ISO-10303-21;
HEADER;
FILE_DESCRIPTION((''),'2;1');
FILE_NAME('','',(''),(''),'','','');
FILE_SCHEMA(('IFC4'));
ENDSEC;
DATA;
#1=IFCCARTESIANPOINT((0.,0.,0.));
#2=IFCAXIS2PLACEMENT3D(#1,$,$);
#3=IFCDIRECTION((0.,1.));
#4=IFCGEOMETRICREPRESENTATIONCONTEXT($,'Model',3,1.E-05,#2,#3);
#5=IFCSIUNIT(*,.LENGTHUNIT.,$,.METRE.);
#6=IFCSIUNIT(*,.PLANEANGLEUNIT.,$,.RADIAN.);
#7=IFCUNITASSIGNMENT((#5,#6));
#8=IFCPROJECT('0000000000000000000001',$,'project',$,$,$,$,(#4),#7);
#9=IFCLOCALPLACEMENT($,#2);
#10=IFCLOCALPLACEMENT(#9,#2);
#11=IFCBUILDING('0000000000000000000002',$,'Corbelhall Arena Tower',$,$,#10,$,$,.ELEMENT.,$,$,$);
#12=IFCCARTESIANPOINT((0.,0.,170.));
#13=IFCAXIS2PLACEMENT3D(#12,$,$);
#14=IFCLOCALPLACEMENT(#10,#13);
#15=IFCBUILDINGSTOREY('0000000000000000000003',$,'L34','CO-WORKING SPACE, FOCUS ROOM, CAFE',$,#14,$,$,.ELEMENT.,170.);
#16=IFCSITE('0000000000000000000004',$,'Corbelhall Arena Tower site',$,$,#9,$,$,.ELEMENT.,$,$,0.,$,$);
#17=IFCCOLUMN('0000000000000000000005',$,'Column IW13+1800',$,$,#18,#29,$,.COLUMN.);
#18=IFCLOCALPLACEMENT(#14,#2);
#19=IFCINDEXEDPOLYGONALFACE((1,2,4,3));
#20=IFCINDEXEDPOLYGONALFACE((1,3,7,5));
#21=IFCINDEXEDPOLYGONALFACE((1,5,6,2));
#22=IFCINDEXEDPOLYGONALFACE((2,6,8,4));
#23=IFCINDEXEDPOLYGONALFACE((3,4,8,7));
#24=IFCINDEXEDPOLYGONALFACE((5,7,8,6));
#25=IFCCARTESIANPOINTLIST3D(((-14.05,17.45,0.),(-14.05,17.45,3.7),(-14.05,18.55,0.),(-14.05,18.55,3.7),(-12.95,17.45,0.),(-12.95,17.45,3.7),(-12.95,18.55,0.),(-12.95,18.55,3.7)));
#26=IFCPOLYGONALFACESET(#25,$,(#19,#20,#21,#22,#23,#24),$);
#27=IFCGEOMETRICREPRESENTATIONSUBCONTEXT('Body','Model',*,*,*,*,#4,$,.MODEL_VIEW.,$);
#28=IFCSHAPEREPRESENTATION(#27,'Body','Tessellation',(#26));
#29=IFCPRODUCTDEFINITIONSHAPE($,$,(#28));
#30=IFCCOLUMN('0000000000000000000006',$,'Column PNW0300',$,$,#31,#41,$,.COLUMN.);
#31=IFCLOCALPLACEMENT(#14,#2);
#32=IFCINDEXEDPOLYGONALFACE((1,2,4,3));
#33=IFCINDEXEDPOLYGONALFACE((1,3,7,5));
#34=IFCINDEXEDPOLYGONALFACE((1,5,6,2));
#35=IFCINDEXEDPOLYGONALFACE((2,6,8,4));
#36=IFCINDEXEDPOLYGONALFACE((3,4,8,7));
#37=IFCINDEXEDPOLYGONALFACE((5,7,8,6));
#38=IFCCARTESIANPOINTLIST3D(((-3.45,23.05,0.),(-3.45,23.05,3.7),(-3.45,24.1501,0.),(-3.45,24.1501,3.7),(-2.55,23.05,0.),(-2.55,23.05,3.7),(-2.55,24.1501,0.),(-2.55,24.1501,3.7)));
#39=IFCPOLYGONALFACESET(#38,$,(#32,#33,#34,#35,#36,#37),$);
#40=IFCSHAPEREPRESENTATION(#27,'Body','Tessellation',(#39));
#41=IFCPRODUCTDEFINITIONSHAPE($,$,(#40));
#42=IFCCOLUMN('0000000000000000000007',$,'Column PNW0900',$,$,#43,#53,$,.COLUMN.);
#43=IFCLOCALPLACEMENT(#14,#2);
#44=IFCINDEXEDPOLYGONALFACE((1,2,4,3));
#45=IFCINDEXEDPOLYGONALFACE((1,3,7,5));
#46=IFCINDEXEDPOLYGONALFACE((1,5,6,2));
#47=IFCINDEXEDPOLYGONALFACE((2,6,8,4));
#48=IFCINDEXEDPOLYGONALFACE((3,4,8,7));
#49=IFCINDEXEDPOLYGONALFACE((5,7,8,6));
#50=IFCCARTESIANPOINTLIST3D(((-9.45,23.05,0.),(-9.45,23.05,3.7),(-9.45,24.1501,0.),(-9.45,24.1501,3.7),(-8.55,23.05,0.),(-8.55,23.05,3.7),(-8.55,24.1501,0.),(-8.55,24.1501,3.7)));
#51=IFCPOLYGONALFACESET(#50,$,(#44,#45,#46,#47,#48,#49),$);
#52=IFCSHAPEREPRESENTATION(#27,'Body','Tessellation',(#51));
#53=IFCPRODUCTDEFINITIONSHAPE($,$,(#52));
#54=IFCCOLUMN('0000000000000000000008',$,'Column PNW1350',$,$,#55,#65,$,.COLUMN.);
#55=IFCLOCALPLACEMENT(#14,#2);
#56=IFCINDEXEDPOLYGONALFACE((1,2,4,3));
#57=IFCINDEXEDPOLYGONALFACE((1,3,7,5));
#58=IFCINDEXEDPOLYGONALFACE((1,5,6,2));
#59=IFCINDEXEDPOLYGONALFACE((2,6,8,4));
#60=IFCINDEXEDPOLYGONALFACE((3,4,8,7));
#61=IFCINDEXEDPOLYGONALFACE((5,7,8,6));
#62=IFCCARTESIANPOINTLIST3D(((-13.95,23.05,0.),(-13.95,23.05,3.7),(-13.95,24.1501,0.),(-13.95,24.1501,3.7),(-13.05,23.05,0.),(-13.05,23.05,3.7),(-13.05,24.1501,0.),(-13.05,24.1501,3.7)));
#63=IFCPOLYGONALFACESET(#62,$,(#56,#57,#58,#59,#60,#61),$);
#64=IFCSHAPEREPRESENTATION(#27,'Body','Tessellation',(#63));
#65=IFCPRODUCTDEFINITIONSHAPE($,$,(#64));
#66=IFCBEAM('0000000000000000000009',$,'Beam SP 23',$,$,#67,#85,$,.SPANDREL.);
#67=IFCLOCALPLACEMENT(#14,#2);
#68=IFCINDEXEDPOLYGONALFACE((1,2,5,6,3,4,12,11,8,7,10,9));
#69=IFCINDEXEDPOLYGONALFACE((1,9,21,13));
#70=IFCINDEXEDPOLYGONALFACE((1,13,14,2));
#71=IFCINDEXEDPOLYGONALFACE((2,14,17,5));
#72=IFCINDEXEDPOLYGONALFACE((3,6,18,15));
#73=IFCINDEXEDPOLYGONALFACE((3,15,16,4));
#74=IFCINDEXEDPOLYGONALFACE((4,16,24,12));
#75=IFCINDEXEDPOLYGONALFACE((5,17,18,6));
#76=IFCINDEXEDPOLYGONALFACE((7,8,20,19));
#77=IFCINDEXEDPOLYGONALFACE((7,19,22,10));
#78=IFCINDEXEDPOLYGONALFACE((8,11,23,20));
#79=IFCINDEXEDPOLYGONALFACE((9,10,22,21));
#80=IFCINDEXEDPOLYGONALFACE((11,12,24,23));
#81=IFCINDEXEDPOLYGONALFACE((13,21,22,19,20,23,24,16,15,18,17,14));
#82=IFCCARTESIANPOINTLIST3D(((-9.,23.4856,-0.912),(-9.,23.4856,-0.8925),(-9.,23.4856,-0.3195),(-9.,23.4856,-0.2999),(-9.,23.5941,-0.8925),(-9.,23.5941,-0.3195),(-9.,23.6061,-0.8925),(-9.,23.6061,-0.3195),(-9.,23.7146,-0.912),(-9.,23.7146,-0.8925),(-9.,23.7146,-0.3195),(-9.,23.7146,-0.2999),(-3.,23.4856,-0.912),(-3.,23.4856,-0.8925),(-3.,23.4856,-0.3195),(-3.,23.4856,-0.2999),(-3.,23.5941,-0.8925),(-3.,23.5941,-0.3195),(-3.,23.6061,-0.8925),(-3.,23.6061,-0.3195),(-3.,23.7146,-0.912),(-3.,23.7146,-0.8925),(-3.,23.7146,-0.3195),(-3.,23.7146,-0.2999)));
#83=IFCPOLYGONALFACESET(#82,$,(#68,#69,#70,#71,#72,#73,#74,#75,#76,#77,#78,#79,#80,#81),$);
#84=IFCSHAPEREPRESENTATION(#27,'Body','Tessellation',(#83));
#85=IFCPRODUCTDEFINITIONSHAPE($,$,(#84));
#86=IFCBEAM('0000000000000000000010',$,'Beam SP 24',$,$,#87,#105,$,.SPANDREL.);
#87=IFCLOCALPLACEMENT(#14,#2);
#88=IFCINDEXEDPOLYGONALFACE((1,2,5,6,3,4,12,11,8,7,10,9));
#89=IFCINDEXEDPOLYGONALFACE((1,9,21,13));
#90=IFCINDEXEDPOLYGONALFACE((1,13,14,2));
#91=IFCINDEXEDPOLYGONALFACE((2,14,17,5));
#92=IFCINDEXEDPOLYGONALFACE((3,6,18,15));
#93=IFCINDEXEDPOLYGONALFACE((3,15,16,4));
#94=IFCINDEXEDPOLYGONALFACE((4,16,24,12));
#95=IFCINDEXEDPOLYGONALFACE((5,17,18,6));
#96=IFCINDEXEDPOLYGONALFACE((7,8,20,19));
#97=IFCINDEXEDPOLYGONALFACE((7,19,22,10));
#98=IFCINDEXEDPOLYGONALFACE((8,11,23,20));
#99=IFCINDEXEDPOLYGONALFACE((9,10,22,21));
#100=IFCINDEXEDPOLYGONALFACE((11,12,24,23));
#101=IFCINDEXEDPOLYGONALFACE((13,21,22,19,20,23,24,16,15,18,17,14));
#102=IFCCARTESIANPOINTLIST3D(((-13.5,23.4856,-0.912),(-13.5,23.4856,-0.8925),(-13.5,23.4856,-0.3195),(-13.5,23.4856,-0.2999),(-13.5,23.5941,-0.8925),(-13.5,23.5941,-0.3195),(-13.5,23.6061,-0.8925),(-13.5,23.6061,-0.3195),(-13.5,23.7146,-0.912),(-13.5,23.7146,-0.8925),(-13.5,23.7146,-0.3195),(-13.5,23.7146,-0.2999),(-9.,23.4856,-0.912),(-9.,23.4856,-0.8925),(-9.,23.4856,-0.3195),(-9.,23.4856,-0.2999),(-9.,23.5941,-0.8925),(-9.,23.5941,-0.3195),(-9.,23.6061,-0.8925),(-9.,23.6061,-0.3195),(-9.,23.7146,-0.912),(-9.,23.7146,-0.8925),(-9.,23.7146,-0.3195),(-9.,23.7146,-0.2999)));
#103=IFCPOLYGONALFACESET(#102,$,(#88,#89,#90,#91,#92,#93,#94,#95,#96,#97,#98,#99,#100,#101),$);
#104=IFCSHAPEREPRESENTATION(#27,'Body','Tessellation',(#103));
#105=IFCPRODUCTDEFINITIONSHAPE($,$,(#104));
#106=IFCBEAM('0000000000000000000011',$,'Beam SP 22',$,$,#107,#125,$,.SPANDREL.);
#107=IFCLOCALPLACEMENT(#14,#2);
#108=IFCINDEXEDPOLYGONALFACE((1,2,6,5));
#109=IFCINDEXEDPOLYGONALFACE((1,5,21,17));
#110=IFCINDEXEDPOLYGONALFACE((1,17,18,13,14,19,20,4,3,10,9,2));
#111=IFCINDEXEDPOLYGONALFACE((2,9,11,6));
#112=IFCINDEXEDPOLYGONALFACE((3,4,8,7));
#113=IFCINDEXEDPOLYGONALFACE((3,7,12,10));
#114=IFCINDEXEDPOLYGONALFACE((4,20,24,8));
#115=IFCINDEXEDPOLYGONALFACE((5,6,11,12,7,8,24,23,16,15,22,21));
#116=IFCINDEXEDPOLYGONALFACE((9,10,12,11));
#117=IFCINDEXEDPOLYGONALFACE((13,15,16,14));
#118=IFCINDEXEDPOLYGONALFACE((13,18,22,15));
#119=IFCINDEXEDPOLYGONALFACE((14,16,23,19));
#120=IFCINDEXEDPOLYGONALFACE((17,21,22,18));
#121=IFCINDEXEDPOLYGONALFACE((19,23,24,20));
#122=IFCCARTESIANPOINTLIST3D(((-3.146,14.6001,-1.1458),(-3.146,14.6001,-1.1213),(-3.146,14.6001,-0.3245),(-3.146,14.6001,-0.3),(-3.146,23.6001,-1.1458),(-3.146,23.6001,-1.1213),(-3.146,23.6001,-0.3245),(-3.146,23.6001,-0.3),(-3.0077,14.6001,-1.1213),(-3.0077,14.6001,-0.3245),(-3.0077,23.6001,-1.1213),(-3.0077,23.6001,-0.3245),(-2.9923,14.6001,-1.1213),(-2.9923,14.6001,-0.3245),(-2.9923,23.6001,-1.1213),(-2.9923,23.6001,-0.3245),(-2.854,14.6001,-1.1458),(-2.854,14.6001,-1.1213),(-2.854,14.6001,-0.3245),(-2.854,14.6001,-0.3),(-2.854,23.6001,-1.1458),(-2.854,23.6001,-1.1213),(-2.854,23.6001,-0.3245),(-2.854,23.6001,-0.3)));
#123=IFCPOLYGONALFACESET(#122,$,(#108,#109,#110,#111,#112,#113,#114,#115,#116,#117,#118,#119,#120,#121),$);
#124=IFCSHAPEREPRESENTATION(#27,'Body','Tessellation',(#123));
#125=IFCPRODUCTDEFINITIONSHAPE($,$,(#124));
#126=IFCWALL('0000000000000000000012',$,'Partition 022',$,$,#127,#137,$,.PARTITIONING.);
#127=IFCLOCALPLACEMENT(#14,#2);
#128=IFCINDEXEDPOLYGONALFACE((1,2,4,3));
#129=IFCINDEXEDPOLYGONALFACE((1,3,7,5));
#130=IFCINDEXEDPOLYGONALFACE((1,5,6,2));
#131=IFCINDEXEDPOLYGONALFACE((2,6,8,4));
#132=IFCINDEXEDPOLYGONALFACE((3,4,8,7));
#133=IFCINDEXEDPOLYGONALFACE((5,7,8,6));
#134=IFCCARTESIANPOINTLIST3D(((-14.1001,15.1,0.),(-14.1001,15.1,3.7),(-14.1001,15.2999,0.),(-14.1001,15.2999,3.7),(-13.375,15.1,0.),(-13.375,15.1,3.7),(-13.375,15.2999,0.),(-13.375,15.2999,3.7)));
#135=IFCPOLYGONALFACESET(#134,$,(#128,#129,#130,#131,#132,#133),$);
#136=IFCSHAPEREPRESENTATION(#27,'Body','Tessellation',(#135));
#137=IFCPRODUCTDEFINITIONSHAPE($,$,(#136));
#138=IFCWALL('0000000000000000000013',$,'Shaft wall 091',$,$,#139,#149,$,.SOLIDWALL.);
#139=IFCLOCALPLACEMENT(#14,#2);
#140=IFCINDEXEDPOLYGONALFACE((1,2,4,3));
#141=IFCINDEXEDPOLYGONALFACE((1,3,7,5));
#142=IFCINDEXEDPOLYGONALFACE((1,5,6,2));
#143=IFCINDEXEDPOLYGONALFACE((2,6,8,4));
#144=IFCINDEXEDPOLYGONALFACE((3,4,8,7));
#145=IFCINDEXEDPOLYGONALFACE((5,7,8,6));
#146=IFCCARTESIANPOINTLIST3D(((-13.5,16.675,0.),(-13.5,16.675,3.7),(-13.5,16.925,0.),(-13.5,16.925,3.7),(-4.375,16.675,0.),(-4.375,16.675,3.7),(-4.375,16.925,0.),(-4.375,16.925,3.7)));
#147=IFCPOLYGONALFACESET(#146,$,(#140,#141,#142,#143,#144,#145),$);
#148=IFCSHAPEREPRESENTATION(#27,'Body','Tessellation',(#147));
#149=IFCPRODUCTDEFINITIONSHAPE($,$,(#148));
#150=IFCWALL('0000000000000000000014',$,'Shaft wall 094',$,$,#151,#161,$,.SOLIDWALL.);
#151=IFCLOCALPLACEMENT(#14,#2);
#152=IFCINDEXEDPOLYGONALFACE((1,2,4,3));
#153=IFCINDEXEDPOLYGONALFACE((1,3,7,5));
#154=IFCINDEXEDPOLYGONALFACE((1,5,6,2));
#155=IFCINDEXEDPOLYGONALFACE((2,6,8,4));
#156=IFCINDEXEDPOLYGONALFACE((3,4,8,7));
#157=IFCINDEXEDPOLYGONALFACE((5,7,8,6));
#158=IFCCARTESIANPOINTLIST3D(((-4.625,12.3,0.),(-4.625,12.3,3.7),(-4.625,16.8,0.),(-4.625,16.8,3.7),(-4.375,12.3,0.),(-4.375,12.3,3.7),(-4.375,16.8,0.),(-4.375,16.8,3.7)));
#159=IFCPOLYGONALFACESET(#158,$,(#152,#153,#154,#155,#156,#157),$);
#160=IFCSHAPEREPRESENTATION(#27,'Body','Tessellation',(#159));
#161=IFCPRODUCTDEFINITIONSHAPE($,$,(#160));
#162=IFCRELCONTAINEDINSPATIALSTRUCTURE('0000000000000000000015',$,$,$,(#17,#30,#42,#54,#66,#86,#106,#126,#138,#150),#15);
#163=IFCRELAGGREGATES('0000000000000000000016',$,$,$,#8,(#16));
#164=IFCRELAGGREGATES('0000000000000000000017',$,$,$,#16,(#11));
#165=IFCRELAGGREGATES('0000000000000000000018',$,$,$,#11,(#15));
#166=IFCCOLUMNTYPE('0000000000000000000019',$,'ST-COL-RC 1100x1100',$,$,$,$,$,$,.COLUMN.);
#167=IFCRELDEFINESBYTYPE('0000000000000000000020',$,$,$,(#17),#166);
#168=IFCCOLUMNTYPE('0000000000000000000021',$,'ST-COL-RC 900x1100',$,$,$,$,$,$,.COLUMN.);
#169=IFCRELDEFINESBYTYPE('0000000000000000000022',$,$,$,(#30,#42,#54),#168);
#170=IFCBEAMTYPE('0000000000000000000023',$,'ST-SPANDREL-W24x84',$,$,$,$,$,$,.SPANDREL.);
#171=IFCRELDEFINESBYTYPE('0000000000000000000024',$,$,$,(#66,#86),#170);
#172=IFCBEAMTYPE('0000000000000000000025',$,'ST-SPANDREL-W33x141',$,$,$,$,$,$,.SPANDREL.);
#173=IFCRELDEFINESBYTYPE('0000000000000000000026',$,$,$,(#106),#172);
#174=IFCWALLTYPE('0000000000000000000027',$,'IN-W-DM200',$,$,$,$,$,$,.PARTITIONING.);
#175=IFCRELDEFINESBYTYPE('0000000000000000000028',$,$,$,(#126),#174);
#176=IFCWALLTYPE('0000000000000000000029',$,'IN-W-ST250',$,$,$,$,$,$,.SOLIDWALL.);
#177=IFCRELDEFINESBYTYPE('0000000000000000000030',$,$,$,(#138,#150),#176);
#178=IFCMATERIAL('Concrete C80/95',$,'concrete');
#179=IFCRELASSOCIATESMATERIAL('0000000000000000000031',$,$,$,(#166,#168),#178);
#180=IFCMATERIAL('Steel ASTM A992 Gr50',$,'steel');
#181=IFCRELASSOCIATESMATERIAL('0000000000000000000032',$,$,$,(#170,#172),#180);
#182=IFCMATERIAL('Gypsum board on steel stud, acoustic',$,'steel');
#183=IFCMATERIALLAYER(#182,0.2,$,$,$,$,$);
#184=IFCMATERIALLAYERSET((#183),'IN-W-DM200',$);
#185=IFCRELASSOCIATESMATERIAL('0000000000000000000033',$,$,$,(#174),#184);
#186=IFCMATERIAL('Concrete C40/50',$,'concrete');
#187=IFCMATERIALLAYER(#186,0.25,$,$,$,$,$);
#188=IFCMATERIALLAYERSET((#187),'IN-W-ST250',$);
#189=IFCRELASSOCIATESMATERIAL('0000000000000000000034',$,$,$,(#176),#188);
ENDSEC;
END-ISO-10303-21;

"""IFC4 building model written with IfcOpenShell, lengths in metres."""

from ifc_helpers import new_model, si_unit, direction, frame, frame_2d, origin, origin_2d, place, context, subcontext, project, spatial, rectangle, i_section, extrude, material, layer, layer_set, material_profile, profile_set, type_object, element, save


model = new_model("IFC4")

# Units and contexts
model_context = context("Model", 3, precision=1e-05, world=origin(), true_north=direction((0.0, 1.0)))
body_context = subcontext(model_context, "Body", "Model", "MODEL_VIEW")
ifc_project = project(units=[si_unit("LENGTHUNIT", "METRE"), si_unit("PLANEANGLEUNIT", "RADIAN")], contexts=[model_context])

# Site, building, storey
site_placement = place(None, origin())
site = spatial("IfcSite", under=ifc_project, at=site_placement, Name="Corbelhall Arena Tower site", CompositionType="ELEMENT", RefElevation=0.0)
building_placement = place(site_placement, origin())
building = spatial("IfcBuilding", under=site, at=building_placement, Name="Corbelhall Arena Tower", CompositionType="ELEMENT")
storey_placement = place(building_placement, frame((0.0, 0.0, 170.0)))
storey = spatial("IfcBuildingStorey", under=building, at=storey_placement, Name="L34", Description="CO-WORKING SPACE, FOCUS ROOM, CAFE", CompositionType="ELEMENT", Elevation=170.0)

# Columns
ifc_material_1 = material(Name="Concrete C80/95", Category="concrete")
ifc_material_profile_1 = material_profile(ifc_material_1, rectangle(XDim=1.1001, YDim=1.1001, at=origin_2d()))
ifc_profile_set_1 = profile_set([ifc_material_profile_1], Name="Concrete C80/95")
column_type_1 = type_object("IfcColumnType", Name="ST-COL-RC 1100x1100", PredefinedType="COLUMN", material=ifc_profile_set_1)
column_placement = place(storey_placement, frame((-13.5, 18.0, 0.0), z_axis=(0.0, 0.0, 1.0), x_axis=(1.0, 0.0, 0.0)))
element("IfcColumn", 1, at=column_placement, inside=storey, type_object=column_type_1, Name="Column IW13+1800", PredefinedType="COLUMN", context=body_context, shape_type="SweptSolid", body=[
    extrude(rectangle(XDim=1.1001, YDim=1.1001, at=origin_2d()), origin(), (0.0, 0.0, 1.0), 3.7),
])
ifc_material_profile_2 = material_profile(ifc_material_1, rectangle(XDim=0.8999, YDim=1.1001, at=origin_2d()))
ifc_profile_set_2 = profile_set([ifc_material_profile_2], Name="Concrete C80/95")
column_type_2 = type_object("IfcColumnType", Name="ST-COL-RC 900x1100", PredefinedType="COLUMN", material=ifc_profile_set_2)
for number, where, z_axis, x_axis, name in (
    (2, (-3.0, 23.6001, 0.0), (0.0, 0.0, 1.0), (1.0, 0.0, 0.0), "Column PNW0300"),
    (3, (-9.0, 23.6001, 0.0), (0.0, 0.0, 1.0), (1.0, 0.0, 0.0), "Column PNW0900"),
    (4, (-13.5, 23.6001, 0.0), (0.0, 0.0, 1.0), (1.0, 0.0, 0.0), "Column PNW1350"),
):
    element("IfcColumn", number, at=place(storey_placement, frame(where, z_axis=z_axis, x_axis=x_axis)), inside=storey, type_object=column_type_2, Name=name, PredefinedType="COLUMN", context=body_context, shape_type="SweptSolid", body=[
        extrude(rectangle(XDim=0.8999, YDim=1.1001, at=origin_2d()), origin(), (0.0, 0.0, 1.0), 3.7),
    ])

# Beams
ifc_material_2 = material(Name="Steel ASTM A992 Gr50", Category="steel")
ifc_material_profile_3 = material_profile(ifc_material_2, i_section(OverallWidth=0.229, OverallDepth=0.6121, WebThickness=0.012, FlangeThickness=0.0195, at=origin_2d()))
ifc_profile_set_3 = profile_set([ifc_material_profile_3], Name="Steel ASTM A992 Gr50")
beam_type_1 = type_object("IfcBeamType", Name="ST-SPANDREL-W24x84", PredefinedType="SPANDREL", material=ifc_profile_set_3)
beam_1_placement = place(storey_placement, frame((-9.0, 23.6001, -0.606), z_axis=(1.0, 0.0, 0.0), x_axis=(0.0, 1.0, 0.0)))
element("IfcBeam", 5, at=beam_1_placement, inside=storey, type_object=beam_type_1, Name="Beam SP 23", PredefinedType="SPANDREL", context=body_context, shape_type="SweptSolid", body=[
    extrude(i_section(OverallWidth=0.229, OverallDepth=0.6121, WebThickness=0.012, FlangeThickness=0.0195, at=origin_2d()), origin(), (0.0, 0.0, 1.0), 6.0),
])
beam_2_placement = place(storey_placement, frame((-13.5, 23.6001, -0.606), z_axis=(1.0, 0.0, 0.0), x_axis=(0.0, 1.0, 0.0)))
element("IfcBeam", 6, at=beam_2_placement, inside=storey, type_object=beam_type_1, Name="Beam SP 24", PredefinedType="SPANDREL", context=body_context, shape_type="SweptSolid", body=[
    extrude(i_section(OverallWidth=0.229, OverallDepth=0.6121, WebThickness=0.012, FlangeThickness=0.0195, at=origin_2d()), origin(), (0.0, 0.0, 1.0), 4.5),
])
ifc_material_profile_4 = material_profile(ifc_material_2, i_section(OverallWidth=0.292, OverallDepth=0.8457, WebThickness=0.0154, FlangeThickness=0.0244, at=origin_2d()))
ifc_profile_set_4 = profile_set([ifc_material_profile_4], Name="Steel ASTM A992 Gr50")
beam_type_2 = type_object("IfcBeamType", Name="ST-SPANDREL-W33x141", PredefinedType="SPANDREL", material=ifc_profile_set_4)
beam_3_placement = place(storey_placement, frame((-3.0, 23.6001, -0.7229), z_axis=(0.0, -1.0, 0.0), x_axis=(1.0, 0.0, 0.0)))
element("IfcBeam", 7, at=beam_3_placement, inside=storey, type_object=beam_type_2, Name="Beam SP 22", PredefinedType="SPANDREL", context=body_context, shape_type="SweptSolid", body=[
    extrude(i_section(OverallWidth=0.292, OverallDepth=0.8457, WebThickness=0.0154, FlangeThickness=0.0244, at=origin_2d()), origin(), (0.0, 0.0, 1.0), 9.0),
])

# Walls
ifc_material_3 = material(Name="Gypsum board on steel stud, acoustic", Category="steel")
ifc_layer_1 = layer(ifc_material_3, 0.2)
ifc_layer_set_1 = layer_set([ifc_layer_1], Name="IN-W-DM200")
wall_type_1 = type_object("IfcWallType", Name="IN-W-DM200", PredefinedType="PARTITIONING", material=ifc_layer_set_1)
wall_1_placement = place(storey_placement, frame((-14.1001, 15.2, 0.0), z_axis=(0.0, 0.0, 1.0), x_axis=(1.0, 0.0, 0.0)))
element("IfcWall", 8, at=wall_1_placement, inside=storey, type_object=wall_type_1, Name="Partition 022", PredefinedType="PARTITIONING", context=body_context, shape_type="SweptSolid", body=[
    extrude(rectangle(XDim=0.7251, YDim=0.2, at=frame_2d((0.3625, 0.0))), origin(), (0.0, 0.0, 1.0), 3.7),
])
ifc_material_4 = material(Name="Concrete C40/50", Category="concrete")
ifc_layer_2 = layer(ifc_material_4, 0.25)
ifc_layer_set_2 = layer_set([ifc_layer_2], Name="IN-W-ST250")
wall_type_2 = type_object("IfcWallType", Name="IN-W-ST250", PredefinedType="SOLIDWALL", material=ifc_layer_set_2)
wall_2_placement = place(storey_placement, frame((-13.5, 16.8, 0.0), z_axis=(0.0, 0.0, 1.0), x_axis=(1.0, 0.0, 0.0)))
element("IfcWall", 9, at=wall_2_placement, inside=storey, type_object=wall_type_2, Name="Shaft wall 091", PredefinedType="SOLIDWALL", context=body_context, shape_type="SweptSolid", body=[
    extrude(rectangle(XDim=9.125, YDim=0.25, at=frame_2d((4.5625, 0.0))), origin(), (0.0, 0.0, 1.0), 3.7),
])
wall_3_placement = place(storey_placement, frame((-4.5, 16.8, 0.0), z_axis=(0.0, 0.0, 1.0), x_axis=(0.0, -1.0, 0.0)))
element("IfcWall", 10, at=wall_3_placement, inside=storey, type_object=wall_type_2, Name="Shaft wall 094", PredefinedType="SOLIDWALL", context=body_context, shape_type="SweptSolid", body=[
    extrude(rectangle(XDim=4.5, YDim=0.25, at=frame_2d((2.25, 0.0))), origin(), (0.0, 0.0, 1.0), 3.7),
])

save(model, "model.ifc")
